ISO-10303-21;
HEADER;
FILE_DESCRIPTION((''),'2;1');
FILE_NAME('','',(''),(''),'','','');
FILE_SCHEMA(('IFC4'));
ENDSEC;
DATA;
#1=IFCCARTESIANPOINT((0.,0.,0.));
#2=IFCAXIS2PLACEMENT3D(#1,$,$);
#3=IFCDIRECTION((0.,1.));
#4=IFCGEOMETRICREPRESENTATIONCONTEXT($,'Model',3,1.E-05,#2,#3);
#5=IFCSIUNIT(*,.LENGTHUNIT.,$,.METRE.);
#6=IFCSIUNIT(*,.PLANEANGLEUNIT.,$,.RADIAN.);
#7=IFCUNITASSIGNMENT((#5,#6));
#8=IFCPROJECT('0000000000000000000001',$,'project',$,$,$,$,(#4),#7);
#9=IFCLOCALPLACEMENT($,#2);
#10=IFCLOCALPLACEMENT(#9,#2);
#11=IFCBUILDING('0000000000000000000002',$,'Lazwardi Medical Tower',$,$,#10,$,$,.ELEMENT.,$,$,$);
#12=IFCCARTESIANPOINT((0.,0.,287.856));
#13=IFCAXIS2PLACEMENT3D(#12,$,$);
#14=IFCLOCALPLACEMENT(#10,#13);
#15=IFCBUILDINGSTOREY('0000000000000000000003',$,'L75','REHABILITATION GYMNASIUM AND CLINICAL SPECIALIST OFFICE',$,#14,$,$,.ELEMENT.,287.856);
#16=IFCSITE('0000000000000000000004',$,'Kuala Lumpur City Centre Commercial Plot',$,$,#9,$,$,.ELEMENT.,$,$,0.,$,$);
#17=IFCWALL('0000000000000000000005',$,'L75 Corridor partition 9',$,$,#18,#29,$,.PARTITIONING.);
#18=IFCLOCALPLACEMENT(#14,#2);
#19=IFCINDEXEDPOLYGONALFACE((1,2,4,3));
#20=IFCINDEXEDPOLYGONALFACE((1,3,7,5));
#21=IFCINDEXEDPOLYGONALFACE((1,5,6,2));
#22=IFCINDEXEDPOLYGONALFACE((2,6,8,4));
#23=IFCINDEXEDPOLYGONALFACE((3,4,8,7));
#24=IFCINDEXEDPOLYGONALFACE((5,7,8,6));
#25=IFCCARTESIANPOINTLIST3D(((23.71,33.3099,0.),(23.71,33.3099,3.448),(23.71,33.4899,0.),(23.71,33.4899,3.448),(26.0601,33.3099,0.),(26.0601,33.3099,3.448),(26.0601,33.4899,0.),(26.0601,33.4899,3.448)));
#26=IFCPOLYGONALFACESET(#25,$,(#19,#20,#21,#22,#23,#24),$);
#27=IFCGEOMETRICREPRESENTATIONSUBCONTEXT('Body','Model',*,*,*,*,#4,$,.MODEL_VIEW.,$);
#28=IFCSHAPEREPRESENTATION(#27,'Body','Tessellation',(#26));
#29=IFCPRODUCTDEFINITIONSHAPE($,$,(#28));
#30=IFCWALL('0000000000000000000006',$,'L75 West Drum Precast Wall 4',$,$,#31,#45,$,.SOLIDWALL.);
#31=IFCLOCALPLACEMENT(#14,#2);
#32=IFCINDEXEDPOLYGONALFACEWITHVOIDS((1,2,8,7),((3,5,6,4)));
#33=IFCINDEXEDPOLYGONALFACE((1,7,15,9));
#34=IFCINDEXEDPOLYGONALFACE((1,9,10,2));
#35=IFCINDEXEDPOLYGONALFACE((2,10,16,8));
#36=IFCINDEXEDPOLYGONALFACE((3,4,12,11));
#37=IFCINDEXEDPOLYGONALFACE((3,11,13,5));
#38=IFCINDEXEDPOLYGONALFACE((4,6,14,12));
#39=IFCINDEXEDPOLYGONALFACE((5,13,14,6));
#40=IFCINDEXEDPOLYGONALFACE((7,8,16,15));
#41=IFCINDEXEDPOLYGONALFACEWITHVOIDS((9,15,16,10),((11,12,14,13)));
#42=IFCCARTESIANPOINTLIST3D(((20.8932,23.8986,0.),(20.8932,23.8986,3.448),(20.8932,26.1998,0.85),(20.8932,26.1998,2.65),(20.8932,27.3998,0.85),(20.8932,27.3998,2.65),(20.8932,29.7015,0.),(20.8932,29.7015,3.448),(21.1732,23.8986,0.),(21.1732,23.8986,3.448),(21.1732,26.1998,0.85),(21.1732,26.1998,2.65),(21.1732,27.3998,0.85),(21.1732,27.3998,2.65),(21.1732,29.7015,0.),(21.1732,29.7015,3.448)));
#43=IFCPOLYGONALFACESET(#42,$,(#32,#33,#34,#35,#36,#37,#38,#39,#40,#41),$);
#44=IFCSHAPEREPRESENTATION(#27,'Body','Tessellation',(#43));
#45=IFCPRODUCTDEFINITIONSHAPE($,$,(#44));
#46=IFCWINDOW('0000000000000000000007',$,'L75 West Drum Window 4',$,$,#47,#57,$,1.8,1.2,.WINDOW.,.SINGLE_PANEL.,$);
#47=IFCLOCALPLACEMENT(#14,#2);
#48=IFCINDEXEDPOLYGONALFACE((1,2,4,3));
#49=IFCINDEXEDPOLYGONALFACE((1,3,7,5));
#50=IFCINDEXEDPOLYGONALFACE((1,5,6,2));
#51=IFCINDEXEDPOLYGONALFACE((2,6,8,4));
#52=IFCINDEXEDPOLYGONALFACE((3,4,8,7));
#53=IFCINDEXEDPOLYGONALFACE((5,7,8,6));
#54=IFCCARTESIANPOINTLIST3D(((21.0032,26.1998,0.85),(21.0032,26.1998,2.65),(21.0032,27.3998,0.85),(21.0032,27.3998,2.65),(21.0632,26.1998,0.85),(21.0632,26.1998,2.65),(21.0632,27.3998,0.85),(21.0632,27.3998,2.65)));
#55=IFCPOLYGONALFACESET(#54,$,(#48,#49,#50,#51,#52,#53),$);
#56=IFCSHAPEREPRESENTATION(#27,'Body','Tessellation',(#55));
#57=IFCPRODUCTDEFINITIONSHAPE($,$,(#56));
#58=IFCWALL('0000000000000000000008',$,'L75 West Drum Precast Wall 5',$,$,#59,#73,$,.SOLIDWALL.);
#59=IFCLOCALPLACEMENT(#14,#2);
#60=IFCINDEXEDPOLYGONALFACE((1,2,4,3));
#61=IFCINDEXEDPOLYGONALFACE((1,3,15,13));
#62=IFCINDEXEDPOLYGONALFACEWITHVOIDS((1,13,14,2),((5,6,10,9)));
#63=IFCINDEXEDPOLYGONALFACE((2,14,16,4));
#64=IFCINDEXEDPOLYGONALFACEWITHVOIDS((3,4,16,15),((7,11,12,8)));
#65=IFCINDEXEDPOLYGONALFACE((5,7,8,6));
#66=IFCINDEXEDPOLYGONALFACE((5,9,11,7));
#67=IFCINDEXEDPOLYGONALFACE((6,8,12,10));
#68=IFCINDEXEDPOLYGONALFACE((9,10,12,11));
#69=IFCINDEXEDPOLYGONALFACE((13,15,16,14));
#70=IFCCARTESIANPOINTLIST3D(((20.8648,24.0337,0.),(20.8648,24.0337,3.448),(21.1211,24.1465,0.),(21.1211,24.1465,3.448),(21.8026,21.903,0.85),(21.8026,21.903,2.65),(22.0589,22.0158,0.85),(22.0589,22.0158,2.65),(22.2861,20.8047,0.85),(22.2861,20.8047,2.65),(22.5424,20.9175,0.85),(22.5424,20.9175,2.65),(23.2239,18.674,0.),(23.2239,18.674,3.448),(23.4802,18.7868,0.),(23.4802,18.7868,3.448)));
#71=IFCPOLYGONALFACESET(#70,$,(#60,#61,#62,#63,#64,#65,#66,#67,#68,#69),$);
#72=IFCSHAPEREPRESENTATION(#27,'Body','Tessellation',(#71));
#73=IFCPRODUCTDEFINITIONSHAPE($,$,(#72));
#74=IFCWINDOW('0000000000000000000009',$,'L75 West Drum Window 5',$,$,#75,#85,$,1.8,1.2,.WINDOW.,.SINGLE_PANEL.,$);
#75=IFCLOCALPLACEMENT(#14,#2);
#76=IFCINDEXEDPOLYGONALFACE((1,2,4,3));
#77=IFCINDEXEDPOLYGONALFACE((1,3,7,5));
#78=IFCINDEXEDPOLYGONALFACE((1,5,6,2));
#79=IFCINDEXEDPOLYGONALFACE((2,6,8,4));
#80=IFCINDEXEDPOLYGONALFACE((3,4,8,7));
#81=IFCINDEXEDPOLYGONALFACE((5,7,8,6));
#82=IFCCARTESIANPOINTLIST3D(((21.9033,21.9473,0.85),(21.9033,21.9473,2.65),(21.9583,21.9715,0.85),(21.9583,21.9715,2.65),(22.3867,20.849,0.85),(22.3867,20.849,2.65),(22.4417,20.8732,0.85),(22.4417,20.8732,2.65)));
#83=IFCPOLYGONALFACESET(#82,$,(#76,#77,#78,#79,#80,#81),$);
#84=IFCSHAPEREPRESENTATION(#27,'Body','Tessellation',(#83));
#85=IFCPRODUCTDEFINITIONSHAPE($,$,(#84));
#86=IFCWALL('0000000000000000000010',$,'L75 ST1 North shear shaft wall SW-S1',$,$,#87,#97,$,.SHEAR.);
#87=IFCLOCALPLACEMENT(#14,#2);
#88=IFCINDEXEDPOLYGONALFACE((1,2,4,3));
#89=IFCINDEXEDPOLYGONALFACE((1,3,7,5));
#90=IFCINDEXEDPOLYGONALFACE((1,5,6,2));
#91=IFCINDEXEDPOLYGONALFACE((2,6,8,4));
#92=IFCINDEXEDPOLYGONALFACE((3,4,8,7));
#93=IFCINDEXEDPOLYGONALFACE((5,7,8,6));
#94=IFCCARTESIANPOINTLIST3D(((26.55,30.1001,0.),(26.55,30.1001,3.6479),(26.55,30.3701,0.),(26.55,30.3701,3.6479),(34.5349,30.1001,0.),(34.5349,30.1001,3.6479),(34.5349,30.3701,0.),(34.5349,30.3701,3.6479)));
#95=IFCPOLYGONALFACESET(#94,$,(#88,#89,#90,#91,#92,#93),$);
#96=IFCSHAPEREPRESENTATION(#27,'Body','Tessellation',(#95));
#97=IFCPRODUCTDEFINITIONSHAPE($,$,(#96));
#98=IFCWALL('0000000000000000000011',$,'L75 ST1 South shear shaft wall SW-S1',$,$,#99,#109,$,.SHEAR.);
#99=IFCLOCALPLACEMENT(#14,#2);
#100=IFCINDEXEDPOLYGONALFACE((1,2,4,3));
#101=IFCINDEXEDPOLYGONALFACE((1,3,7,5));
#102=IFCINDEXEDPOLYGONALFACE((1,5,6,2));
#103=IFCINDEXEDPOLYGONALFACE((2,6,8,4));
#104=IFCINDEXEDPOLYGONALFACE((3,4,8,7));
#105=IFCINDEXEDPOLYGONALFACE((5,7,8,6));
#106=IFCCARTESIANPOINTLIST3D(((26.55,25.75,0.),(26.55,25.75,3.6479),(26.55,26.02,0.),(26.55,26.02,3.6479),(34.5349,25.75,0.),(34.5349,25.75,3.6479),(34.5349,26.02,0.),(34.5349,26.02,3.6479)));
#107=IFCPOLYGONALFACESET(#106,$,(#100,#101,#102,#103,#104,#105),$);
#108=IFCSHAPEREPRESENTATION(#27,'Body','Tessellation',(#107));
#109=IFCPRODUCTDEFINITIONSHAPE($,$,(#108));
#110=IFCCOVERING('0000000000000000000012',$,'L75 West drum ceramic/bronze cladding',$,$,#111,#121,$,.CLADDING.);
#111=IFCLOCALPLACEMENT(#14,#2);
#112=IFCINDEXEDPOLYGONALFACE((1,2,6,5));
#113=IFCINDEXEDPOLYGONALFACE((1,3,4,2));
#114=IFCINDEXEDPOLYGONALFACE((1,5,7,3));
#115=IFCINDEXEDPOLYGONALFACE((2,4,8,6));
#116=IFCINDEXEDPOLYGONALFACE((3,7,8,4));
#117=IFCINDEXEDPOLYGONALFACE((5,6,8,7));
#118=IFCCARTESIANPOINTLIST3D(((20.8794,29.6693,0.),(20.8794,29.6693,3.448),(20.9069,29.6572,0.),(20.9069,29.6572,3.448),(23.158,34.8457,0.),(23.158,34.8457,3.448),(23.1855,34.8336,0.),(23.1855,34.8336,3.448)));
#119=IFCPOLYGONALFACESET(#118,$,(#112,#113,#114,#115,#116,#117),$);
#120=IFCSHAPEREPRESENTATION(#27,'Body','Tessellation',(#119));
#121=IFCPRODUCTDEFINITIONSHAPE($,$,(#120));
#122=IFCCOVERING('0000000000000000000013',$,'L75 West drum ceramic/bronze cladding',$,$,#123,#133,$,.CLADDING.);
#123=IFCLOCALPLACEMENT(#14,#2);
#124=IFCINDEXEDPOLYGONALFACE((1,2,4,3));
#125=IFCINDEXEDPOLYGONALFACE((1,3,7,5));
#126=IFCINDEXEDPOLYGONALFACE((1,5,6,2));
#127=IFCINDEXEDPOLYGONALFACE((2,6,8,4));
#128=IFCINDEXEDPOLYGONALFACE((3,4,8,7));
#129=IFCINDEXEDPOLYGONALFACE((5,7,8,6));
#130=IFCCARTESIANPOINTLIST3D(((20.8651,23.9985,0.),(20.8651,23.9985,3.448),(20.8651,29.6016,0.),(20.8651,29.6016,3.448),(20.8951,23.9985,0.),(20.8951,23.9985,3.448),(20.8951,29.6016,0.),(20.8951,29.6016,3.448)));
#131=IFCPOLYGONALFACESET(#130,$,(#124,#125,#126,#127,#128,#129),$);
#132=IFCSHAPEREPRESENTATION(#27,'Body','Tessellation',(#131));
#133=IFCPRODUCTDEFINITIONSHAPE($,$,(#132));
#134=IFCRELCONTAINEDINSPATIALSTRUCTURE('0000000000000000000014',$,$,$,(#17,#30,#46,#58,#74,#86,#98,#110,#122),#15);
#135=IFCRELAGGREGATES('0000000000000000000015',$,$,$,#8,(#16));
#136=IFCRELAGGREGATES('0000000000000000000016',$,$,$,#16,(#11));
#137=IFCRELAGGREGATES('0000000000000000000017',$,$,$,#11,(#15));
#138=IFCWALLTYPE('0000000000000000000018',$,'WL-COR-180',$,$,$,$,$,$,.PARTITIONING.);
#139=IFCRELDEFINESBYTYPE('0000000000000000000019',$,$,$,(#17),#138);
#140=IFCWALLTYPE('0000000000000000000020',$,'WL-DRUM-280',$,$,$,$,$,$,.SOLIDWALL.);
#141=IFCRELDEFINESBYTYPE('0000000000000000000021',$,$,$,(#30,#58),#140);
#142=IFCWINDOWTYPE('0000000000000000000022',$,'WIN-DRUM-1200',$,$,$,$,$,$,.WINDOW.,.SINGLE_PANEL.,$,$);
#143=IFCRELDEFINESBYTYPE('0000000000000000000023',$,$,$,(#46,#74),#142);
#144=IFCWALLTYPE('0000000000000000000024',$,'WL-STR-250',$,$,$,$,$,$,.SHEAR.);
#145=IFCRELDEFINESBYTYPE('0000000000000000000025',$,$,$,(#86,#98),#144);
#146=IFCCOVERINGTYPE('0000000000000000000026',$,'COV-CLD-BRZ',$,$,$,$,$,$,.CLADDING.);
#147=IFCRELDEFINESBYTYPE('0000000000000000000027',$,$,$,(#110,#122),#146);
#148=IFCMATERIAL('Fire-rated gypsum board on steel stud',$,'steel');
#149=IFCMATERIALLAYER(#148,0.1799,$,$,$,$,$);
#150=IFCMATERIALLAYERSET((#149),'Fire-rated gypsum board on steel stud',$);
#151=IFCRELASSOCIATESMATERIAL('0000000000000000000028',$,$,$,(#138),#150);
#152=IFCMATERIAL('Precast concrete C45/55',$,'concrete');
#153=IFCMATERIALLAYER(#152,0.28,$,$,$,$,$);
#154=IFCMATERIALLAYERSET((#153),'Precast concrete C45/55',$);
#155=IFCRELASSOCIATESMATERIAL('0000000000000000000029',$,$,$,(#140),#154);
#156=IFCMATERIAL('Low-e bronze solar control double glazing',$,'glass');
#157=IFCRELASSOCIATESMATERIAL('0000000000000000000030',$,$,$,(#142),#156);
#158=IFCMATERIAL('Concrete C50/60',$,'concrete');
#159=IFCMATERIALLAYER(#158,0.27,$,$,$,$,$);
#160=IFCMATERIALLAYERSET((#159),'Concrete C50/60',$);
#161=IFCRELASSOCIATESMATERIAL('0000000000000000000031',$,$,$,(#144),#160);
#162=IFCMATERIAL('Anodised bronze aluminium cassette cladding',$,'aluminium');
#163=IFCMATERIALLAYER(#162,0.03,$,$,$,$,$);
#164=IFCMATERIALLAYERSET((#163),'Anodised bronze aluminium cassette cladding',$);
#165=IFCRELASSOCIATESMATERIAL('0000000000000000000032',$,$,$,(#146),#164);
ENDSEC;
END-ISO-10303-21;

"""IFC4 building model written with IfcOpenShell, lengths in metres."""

from ifc_helpers import new_model, si_unit, direction, frame, frame_2d, origin, origin_2d, place, context, subcontext, project, spatial, rectangle, extrude, material, layer, layer_set, type_object, element, fill, save


model = new_model("IFC4")

# Units and contexts
model_context = context("Model", 3, precision=1e-05, world=origin(), true_north=direction((0.0, 1.0)))
body_context = subcontext(model_context, "Body", "Model", "MODEL_VIEW")
ifc_project = project(units=[si_unit("LENGTHUNIT", "METRE"), si_unit("PLANEANGLEUNIT", "RADIAN")], contexts=[model_context])

# Site, building, storey
site_placement = place(None, origin())
site = spatial("IfcSite", under=ifc_project, at=site_placement, Name="Kuala Lumpur City Centre Commercial Plot", CompositionType="ELEMENT", RefElevation=0.0)
building_placement = place(site_placement, origin())
building = spatial("IfcBuilding", under=site, at=building_placement, Name="Lazwardi Medical Tower", CompositionType="ELEMENT")
storey_placement = place(building_placement, frame((0.0, 0.0, 287.856)))
storey = spatial("IfcBuildingStorey", under=building, at=storey_placement, Name="L75", Description="REHABILITATION GYMNASIUM AND CLINICAL SPECIALIST OFFICE", CompositionType="ELEMENT", Elevation=287.856)

# Wall
ifc_material_1 = material(Name="Fire-rated gypsum board on steel stud", Category="steel")
ifc_layer_1 = layer(ifc_material_1, 0.1799)
ifc_layer_set_1 = layer_set([ifc_layer_1], Name="Fire-rated gypsum board on steel stud")
wall_type_1 = type_object("IfcWallType", Name="WL-COR-180", PredefinedType="PARTITIONING", material=ifc_layer_set_1)
wall_1_placement = place(storey_placement, frame((23.71, 33.3999, 0.0), z_axis=(0.0, 0.0, 1.0), x_axis=(1.0, 0.0, 0.0)))
element("IfcWall", 1, at=wall_1_placement, inside=storey, type_object=wall_type_1, Name="L75 Corridor partition 9", PredefinedType="PARTITIONING", context=body_context, shape_type="SweptSolid", body=[
    extrude(rectangle(XDim=2.3501, YDim=0.1799, at=frame_2d((1.175, 0.0))), origin(), (0.0, 0.0, 1.0), 3.448),
])

# Walls, openings, windows
ifc_material_2 = material(Name="Precast concrete C45/55", Category="concrete")
ifc_layer_2 = layer(ifc_material_2, 0.28)
ifc_layer_set_2 = layer_set([ifc_layer_2], Name="Precast concrete C45/55")
wall_type_2 = type_object("IfcWallType", Name="WL-DRUM-280", PredefinedType="SOLIDWALL", material=ifc_layer_set_2)
wall_2_placement = place(storey_placement, frame((21.0332, 29.7014, 0.0), z_axis=(0.0, 0.0, 1.0), x_axis=(0.0, -1.0, 0.0)))
wall_2 = element("IfcWall", 2, at=wall_2_placement, inside=storey, type_object=wall_type_2, Name="L75 West Drum Precast Wall 4", PredefinedType="SOLIDWALL", context=body_context, shape_type="SweptSolid", body=[
    extrude(rectangle(XDim=5.803, YDim=0.28, at=frame_2d((2.9014, 0.0))), origin(), (0.0, 0.0, 1.0), 3.448),
])
opening_1_placement = place(wall_2_placement, frame((2.3015, 0.0, 0.8501)))
opening_1 = element("IfcOpeningElement", 3, at=opening_1_placement, cuts=wall_2, PredefinedType="OPENING", context=body_context, shape_type="SweptSolid", body=[
    extrude(rectangle(XDim=1.2, YDim=1.8, at=frame_2d((0.6001, 0.8999))), frame((0.0, 0.1499, 0.0), z_axis=(0.0, -1.0, 0.0), x_axis=(1.0, 0.0, 0.0)), (0.0, 0.0, 1.0), 0.3),
])
ifc_material_3 = material(Name="Low-e bronze solar control double glazing", Category="glass")
window_type = type_object("IfcWindowType", Name="WIN-DRUM-1200", PartitioningType="SINGLE_PANEL", PredefinedType="WINDOW", material=ifc_material_3)
window_1_placement = place(opening_1_placement, origin())
window_1 = element("IfcWindow", 4, at=window_1_placement, inside=storey, type_object=window_type, Name="L75 West Drum Window 4", OverallHeight=1.8, OverallWidth=1.2, PartitioningType="SINGLE_PANEL", PredefinedType="WINDOW", context=body_context, shape_type="SweptSolid", body=[
    extrude(rectangle(XDim=1.2, YDim=1.8, at=frame_2d((0.6001, 0.8999))), frame((0.0, 0.03, 0.0), z_axis=(0.0, -1.0, 0.0), x_axis=(1.0, 0.0, 0.0)), (0.0, 0.0, 1.0), 0.0601),
])
fill(opening_1, window_1)
wall_3_placement = place(storey_placement, frame((20.9929, 24.0901, 0.0), z_axis=(0.0, 0.0, 1.0), x_axis=(0.402867, -0.915258, 0.0)))
wall_3 = element("IfcWall", 5, at=wall_3_placement, inside=storey, type_object=wall_type_2, Name="L75 West Drum Precast Wall 5", PredefinedType="SOLIDWALL", context=body_context, shape_type="SweptSolid", body=[
    extrude(rectangle(XDim=5.856, YDim=0.28, at=frame_2d((2.928, 0.0))), origin(), (0.0, 0.0, 1.0), 3.448),
])
opening_2_placement = place(wall_3_placement, frame((2.3279, 0.0, 0.8501)))
opening_2 = element("IfcOpeningElement", 6, at=opening_2_placement, cuts=wall_3, PredefinedType="OPENING", context=body_context, shape_type="SweptSolid", body=[
    extrude(rectangle(XDim=1.2, YDim=1.8, at=frame_2d((0.6001, 0.8999))), frame((0.0, 0.1499, 0.0), z_axis=(0.0, -1.0, 0.0), x_axis=(1.0, 0.0, 0.0)), (0.0, 0.0, 1.0), 0.3),
])
window_2_placement = place(opening_2_placement, origin())
window_2 = element("IfcWindow", 7, at=window_2_placement, inside=storey, type_object=window_type, Name="L75 West Drum Window 5", OverallHeight=1.8, OverallWidth=1.2, PartitioningType="SINGLE_PANEL", PredefinedType="WINDOW", context=body_context, shape_type="SweptSolid", body=[
    extrude(rectangle(XDim=1.2, YDim=1.8, at=frame_2d((0.6001, 0.8999))), frame((0.0, 0.03, 0.0), z_axis=(0.0, -1.0, 0.0), x_axis=(1.0, 0.0, 0.0)), (0.0, 0.0, 1.0), 0.0601),
])
fill(opening_2, window_2)

# Walls
ifc_material_4 = material(Name="Concrete C50/60", Category="concrete")
ifc_layer_3 = layer(ifc_material_4, 0.27)
ifc_layer_set_3 = layer_set([ifc_layer_3], Name="Concrete C50/60")
wall_type_3 = type_object("IfcWallType", Name="WL-STR-250", PredefinedType="SHEAR", material=ifc_layer_set_3)
for number, where, z_axis, x_axis, name in (
    (8, (26.55, 30.2351, 0.0), (0.0, 0.0, 1.0), (1.0, 0.0, 0.0), "L75 ST1 North shear shaft wall SW-S1"),
    (9, (26.55, 25.885, 0.0), (0.0, 0.0, 1.0), (1.0, 0.0, 0.0), "L75 ST1 South shear shaft wall SW-S1"),
):
    element("IfcWall", number, at=place(storey_placement, frame(where, z_axis=z_axis, x_axis=x_axis)), inside=storey, type_object=wall_type_3, Name=name, PredefinedType="SHEAR", context=body_context, shape_type="SweptSolid", body=[
        extrude(rectangle(XDim=7.9849, YDim=0.27, at=frame_2d((3.9924, 0.0))), origin(), (0.0, 0.0, 1.0), 3.6479),
    ])

# Coverings
ifc_material_5 = material(Name="Anodised bronze aluminium cassette cladding", Category="aluminium")
ifc_layer_4 = layer(ifc_material_5, 0.03)
ifc_layer_set_4 = layer_set([ifc_layer_4], Name="Anodised bronze aluminium cassette cladding")
covering_type = type_object("IfcCoveringType", Name="COV-CLD-BRZ", PredefinedType="CLADDING", material=ifc_layer_set_4)
covering_1_placement = place(storey_placement, frame((22.0325, 32.2515, 0.0), z_axis=(0.0, 0.0, 1.0), x_axis=(-0.402878, -0.915254, 0.0)))
element("IfcCovering", 10, at=covering_1_placement, inside=storey, type_object=covering_type, Name="L75 West drum ceramic/bronze cladding", PredefinedType="CLADDING", context=body_context, shape_type="SweptSolid", body=[
    extrude(rectangle(XDim=5.6558, YDim=0.03, at=origin_2d()), origin(), (0.0, 0.0, 1.0), 3.448),
])
covering_2_placement = place(storey_placement, frame((20.8801, 26.8, 0.0), z_axis=(0.0, 0.0, 1.0), x_axis=(0.0, -1.0, 0.0)))
element("IfcCovering", 11, at=covering_2_placement, inside=storey, type_object=covering_type, Name="L75 West drum ceramic/bronze cladding", PredefinedType="CLADDING", context=body_context, shape_type="SweptSolid", body=[
    extrude(rectangle(XDim=5.603, YDim=0.03, at=origin_2d()), origin(), (0.0, 0.0, 1.0), 3.448),
])

save(model, "model.ifc")
